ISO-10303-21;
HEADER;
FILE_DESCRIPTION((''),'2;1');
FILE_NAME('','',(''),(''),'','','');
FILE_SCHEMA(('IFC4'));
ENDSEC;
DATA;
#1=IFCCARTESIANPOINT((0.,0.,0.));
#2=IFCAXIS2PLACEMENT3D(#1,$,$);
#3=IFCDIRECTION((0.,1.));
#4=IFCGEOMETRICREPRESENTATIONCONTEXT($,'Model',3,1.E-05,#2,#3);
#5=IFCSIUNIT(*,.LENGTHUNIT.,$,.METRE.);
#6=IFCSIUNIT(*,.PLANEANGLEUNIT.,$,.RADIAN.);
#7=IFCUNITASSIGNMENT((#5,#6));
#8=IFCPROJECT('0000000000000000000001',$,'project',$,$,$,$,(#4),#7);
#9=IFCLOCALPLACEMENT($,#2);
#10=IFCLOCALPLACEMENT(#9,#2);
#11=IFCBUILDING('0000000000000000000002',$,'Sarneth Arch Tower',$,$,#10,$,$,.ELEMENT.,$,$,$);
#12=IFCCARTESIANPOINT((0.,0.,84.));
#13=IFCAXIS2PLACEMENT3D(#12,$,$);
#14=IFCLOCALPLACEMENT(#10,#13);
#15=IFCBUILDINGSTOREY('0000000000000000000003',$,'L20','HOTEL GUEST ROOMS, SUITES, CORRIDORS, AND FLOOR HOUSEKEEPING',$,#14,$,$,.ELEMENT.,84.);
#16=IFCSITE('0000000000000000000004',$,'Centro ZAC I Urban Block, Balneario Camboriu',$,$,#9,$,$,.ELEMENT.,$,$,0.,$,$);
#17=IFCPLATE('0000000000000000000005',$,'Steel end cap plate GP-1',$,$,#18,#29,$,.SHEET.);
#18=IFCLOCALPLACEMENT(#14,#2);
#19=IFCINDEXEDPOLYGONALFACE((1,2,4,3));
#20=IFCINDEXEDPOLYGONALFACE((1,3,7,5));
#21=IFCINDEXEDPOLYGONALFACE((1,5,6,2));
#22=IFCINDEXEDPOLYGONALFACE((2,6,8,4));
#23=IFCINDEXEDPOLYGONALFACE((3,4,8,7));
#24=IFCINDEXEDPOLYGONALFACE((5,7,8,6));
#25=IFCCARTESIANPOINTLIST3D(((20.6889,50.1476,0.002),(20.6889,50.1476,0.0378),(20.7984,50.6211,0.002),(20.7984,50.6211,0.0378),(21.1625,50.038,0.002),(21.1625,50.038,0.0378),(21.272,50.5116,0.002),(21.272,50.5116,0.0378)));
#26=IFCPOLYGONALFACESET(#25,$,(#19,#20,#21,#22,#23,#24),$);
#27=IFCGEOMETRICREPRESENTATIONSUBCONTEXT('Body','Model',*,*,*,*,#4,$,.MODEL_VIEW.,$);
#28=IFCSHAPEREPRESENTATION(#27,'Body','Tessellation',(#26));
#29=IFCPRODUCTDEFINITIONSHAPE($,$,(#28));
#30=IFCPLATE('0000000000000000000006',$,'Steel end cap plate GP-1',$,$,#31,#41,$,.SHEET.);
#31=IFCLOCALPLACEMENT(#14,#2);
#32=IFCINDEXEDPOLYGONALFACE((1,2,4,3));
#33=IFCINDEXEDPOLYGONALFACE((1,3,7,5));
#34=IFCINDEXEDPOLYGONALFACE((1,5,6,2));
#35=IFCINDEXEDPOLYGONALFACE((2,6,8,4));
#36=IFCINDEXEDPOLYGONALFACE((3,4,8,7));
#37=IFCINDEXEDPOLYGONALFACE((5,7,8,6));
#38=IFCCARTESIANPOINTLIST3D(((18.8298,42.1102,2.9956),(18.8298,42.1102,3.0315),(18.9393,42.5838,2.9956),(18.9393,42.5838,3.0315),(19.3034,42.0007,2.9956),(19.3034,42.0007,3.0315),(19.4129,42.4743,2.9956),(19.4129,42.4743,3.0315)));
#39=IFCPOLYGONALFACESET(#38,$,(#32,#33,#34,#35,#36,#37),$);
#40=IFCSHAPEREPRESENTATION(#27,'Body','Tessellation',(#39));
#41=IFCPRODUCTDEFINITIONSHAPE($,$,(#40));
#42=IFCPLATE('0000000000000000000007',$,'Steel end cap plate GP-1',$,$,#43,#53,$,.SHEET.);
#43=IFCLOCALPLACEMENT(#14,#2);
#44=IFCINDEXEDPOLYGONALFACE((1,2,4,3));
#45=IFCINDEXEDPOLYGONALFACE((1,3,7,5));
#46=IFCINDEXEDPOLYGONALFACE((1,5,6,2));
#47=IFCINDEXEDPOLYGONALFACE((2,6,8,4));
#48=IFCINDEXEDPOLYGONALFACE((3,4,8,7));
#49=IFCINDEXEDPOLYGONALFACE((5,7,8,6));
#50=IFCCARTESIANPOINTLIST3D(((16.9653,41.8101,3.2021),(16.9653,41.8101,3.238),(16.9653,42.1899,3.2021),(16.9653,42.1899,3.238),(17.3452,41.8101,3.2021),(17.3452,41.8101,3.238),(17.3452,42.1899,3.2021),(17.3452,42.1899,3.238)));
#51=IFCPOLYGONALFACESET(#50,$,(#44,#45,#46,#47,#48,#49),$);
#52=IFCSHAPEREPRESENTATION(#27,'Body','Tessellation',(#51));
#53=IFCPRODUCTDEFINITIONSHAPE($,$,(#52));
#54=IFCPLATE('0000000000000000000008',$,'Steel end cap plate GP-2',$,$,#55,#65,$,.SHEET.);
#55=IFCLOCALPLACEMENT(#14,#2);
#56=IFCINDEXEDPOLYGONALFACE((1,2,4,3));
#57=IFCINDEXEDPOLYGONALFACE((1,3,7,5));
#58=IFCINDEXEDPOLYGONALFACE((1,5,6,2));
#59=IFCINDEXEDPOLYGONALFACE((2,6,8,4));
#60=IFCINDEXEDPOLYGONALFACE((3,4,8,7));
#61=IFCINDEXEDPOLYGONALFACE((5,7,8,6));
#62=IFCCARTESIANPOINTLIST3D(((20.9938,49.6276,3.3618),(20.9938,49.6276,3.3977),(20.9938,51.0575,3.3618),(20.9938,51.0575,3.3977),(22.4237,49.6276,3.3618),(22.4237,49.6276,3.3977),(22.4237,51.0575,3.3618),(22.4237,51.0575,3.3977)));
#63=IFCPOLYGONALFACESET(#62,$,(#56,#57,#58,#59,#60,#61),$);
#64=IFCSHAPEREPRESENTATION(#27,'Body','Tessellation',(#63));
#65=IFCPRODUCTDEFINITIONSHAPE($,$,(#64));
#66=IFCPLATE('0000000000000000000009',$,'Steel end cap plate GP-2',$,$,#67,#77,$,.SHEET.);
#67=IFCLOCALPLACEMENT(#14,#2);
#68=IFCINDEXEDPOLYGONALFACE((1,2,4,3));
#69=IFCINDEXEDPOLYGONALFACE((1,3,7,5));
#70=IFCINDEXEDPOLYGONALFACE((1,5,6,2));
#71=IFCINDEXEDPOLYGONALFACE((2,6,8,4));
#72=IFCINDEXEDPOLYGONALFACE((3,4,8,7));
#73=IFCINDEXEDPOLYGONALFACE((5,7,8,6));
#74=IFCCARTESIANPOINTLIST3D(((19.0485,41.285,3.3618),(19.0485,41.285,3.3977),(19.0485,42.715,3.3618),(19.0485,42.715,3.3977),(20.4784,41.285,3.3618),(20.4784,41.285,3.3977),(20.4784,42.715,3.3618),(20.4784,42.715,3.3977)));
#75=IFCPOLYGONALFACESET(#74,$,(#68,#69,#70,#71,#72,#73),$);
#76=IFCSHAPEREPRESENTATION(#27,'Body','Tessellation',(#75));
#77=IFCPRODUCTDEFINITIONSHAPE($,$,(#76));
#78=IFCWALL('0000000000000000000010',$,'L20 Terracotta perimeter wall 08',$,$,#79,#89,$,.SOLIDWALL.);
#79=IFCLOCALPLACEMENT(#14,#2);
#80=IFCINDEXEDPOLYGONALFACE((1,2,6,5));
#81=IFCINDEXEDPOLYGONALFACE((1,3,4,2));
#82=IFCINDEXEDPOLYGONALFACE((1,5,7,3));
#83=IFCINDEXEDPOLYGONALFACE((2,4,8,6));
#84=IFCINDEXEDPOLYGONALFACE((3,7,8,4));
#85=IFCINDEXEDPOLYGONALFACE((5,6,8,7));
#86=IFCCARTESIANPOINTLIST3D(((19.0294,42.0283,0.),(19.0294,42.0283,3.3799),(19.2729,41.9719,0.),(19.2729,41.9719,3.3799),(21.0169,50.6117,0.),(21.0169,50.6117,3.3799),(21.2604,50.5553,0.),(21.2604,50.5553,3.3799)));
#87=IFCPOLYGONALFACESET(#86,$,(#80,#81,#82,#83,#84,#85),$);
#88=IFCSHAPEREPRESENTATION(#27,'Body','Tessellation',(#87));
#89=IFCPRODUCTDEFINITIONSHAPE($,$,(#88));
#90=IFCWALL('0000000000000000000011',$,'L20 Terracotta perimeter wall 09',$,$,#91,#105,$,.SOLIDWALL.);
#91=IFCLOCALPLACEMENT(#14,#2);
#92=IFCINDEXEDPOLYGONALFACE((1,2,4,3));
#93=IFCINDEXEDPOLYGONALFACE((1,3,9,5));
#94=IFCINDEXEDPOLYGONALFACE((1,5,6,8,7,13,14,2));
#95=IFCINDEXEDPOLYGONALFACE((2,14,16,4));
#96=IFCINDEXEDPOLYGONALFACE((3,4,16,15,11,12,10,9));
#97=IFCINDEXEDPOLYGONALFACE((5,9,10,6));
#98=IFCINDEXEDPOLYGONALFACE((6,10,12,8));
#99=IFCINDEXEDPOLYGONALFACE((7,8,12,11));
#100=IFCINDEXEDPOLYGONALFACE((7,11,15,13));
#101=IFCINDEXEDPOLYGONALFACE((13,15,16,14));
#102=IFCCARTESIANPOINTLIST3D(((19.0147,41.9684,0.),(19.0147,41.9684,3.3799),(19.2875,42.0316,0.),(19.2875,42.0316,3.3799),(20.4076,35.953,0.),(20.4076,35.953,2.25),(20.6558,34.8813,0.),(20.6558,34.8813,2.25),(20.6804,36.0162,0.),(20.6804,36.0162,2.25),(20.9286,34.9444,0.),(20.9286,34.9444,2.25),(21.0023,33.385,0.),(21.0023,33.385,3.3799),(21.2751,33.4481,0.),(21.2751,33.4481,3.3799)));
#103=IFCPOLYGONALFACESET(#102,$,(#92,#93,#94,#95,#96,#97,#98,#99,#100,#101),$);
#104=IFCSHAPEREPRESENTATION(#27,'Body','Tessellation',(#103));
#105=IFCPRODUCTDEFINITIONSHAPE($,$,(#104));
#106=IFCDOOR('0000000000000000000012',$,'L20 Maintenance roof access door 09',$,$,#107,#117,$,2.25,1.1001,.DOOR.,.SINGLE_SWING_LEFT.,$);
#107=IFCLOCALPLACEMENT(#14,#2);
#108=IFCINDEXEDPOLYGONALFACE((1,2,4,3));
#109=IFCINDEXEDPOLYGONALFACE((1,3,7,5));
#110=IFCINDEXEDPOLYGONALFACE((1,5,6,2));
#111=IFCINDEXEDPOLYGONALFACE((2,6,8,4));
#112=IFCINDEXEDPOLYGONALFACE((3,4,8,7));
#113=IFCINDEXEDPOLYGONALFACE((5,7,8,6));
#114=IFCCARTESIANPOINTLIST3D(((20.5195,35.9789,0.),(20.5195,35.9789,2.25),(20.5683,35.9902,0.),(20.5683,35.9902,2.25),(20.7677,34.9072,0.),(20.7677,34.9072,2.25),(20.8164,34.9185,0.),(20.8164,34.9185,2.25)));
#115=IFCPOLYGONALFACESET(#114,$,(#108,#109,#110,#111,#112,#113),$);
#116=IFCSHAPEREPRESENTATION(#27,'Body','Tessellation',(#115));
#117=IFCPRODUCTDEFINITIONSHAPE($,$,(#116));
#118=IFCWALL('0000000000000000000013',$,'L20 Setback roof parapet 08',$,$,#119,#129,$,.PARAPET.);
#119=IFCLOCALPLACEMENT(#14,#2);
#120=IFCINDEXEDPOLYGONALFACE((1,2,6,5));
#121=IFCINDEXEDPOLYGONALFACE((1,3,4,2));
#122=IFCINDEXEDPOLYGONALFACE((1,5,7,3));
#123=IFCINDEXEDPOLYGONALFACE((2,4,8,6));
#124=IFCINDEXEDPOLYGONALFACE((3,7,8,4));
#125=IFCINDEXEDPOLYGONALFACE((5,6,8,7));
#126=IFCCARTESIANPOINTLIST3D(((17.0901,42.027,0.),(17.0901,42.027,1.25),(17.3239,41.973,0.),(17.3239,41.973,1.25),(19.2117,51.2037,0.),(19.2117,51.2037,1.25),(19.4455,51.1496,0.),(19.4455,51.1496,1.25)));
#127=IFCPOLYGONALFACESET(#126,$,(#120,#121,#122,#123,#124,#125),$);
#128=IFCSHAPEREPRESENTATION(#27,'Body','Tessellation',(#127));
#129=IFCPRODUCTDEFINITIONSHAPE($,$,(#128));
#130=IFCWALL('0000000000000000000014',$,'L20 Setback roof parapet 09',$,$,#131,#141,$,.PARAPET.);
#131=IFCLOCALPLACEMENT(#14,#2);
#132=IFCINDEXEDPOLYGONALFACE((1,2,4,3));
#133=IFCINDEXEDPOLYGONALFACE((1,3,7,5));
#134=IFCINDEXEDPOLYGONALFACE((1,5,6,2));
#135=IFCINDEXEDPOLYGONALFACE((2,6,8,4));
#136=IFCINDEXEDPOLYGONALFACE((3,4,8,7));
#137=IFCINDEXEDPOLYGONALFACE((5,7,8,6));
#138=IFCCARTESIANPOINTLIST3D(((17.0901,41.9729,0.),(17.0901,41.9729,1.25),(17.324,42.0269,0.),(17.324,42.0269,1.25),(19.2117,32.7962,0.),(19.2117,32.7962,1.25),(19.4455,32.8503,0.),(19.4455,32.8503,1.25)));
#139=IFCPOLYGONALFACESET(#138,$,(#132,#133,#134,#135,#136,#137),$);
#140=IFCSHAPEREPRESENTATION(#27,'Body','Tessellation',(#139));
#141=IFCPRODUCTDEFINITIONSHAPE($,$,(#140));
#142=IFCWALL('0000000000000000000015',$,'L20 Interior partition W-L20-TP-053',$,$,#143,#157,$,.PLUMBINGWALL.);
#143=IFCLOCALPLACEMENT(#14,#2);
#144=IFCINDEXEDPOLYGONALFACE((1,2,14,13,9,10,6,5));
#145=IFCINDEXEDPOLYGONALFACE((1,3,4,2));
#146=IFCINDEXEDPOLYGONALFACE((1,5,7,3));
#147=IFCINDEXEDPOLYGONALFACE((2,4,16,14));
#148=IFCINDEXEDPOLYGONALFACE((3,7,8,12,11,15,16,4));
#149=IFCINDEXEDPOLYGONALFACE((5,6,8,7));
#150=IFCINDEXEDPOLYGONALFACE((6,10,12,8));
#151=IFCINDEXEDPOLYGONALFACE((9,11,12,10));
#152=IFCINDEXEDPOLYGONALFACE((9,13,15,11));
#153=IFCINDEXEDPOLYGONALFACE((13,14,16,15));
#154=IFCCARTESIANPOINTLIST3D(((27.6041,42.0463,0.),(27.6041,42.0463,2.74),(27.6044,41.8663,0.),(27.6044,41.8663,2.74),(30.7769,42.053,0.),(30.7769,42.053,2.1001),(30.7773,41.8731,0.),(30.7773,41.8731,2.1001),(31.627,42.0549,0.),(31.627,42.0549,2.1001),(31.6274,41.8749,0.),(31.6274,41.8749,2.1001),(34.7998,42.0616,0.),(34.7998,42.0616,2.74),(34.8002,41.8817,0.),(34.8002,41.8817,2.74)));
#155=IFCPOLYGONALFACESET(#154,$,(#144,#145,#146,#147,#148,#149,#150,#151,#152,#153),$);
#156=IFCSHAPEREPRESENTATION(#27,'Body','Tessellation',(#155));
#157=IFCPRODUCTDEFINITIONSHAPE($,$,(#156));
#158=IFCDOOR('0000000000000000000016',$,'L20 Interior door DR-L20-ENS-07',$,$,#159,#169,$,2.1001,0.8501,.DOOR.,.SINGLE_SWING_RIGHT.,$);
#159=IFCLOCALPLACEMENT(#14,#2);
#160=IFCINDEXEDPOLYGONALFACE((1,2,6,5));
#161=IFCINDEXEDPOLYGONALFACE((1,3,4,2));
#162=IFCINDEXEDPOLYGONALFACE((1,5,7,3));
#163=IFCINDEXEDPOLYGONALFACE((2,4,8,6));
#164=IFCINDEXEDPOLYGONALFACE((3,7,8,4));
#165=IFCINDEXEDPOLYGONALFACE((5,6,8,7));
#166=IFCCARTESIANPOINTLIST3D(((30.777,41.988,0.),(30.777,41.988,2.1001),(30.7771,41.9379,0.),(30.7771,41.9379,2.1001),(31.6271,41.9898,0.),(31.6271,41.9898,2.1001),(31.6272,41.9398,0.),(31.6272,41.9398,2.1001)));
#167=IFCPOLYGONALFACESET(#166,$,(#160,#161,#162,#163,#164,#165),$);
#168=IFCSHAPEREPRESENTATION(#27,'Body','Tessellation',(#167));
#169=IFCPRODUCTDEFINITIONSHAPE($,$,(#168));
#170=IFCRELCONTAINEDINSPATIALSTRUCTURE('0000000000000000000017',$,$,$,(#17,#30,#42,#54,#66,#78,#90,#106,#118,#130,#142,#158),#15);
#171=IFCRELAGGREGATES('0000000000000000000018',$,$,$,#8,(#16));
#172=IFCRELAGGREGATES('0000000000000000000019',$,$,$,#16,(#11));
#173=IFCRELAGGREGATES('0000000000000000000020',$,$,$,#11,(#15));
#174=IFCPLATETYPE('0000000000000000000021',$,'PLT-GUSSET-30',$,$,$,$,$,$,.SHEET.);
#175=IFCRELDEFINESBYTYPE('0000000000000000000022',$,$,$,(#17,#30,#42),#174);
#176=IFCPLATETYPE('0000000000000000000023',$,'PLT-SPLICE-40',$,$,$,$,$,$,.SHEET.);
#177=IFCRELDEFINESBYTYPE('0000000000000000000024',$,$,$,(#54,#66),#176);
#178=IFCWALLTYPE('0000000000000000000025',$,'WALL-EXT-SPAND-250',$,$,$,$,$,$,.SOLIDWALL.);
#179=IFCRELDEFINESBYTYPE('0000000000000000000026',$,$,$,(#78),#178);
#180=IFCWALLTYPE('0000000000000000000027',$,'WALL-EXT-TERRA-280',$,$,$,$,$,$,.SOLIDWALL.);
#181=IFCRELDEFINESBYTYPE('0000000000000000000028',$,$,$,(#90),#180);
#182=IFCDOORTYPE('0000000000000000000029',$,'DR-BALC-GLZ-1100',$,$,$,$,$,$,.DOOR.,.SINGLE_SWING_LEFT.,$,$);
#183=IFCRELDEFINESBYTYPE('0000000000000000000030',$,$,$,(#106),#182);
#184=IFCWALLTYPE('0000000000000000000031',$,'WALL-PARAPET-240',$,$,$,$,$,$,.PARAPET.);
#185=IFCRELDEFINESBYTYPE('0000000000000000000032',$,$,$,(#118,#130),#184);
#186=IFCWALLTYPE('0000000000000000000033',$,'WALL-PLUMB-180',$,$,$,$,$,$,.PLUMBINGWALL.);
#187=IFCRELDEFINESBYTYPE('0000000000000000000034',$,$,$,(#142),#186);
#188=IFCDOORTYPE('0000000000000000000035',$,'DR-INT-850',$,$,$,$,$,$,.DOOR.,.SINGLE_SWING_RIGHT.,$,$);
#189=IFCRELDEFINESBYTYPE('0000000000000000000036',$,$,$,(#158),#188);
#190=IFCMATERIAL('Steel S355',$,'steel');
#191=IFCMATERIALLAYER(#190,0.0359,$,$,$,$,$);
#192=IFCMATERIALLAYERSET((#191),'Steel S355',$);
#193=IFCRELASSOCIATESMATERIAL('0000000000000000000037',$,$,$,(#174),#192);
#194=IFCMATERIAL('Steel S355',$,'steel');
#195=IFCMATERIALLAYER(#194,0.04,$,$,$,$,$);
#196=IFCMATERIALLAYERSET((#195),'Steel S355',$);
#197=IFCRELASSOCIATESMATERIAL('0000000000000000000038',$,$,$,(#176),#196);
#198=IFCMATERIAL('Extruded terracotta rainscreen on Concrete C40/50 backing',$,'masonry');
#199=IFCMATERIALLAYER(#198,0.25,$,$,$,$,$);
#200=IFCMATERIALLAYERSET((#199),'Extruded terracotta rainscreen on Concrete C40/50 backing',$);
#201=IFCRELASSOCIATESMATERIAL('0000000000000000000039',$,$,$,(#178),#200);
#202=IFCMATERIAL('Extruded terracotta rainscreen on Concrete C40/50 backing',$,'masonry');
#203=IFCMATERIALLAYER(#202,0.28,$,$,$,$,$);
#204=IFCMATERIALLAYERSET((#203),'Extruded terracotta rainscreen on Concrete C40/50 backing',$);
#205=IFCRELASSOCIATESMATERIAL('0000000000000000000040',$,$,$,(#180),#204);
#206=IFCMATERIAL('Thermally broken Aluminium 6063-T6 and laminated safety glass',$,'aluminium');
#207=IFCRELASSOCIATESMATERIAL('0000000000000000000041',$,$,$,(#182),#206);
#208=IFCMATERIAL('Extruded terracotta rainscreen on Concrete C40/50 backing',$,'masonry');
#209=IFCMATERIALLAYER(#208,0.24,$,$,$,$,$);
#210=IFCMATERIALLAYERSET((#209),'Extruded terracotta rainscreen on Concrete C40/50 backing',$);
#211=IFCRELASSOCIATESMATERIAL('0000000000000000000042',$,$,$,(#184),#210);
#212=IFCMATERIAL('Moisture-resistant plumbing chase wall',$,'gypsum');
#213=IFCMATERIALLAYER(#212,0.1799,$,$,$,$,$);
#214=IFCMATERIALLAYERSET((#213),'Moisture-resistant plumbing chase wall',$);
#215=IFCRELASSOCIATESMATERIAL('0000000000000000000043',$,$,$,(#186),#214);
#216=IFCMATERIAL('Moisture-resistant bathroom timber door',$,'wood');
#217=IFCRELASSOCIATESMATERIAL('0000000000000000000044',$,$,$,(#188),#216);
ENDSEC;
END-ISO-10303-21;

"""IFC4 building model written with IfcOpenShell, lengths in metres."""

from ifc_helpers import new_model, si_unit, direction, frame, frame_2d, origin, origin_2d, place, context, subcontext, project, spatial, rectangle, extrude, material, layer, layer_set, type_object, element, fill, save


model = new_model("IFC4")

# Units and contexts
model_context = context("Model", 3, precision=1e-05, world=origin(), true_north=direction((0.0, 1.0)))
body_context = subcontext(model_context, "Body", "Model", "MODEL_VIEW")
ifc_project = project(units=[si_unit("LENGTHUNIT", "METRE"), si_unit("PLANEANGLEUNIT", "RADIAN")], contexts=[model_context])

# Site, building, storey
site_placement = place(None, origin())
site = spatial("IfcSite", under=ifc_project, at=site_placement, Name="Centro ZAC I Urban Block, Balneario Camboriu", CompositionType="ELEMENT", RefElevation=0.0)
building_placement = place(site_placement, origin())
building = spatial("IfcBuilding", under=site, at=building_placement, Name="Sarneth Arch Tower", CompositionType="ELEMENT")
storey_placement = place(building_placement, frame((0.0, 0.0, 84.0)))
storey = spatial("IfcBuildingStorey", under=building, at=storey_placement, Name="L20", Description="HOTEL GUEST ROOMS, SUITES, CORRIDORS, AND FLOOR HOUSEKEEPING", CompositionType="ELEMENT", Elevation=84.0)

# Plates
ifc_material_1 = material(Name="Steel S355", Category="steel")
ifc_layer_1 = layer(ifc_material_1, 0.0359)
ifc_layer_set_1 = layer_set([ifc_layer_1], Name="Steel S355")
plate_type_1 = type_object("IfcPlateType", Name="PLT-GUSSET-30", PredefinedType="SHEET", material=ifc_layer_set_1)
for number, where, z_axis, x_axis, name in (
    (1, (20.9805, 50.3296, 0.002), (0.0, 0.0, 1.0), (-0.225291, -0.974291, 0.0), "Steel end cap plate GP-1"),
    (2, (19.1213, 42.2922, 2.9956), (0.0, 0.0, 1.0), (-0.225291, -0.974291, 0.0), "Steel end cap plate GP-1"),
):
    element("IfcPlate", number, at=place(storey_placement, frame(where, z_axis=z_axis, x_axis=x_axis)), inside=storey, type_object=plate_type_1, Name=name, PredefinedType="SHEET", context=body_context, shape_type="SweptSolid", body=[
        extrude(rectangle(XDim=0.4861, YDim=0.4861, at=origin_2d()), origin(), (0.0, 0.0, 1.0), 0.0359),
    ])
plate_placement = place(storey_placement, frame((17.1553, 42.0, 3.2021), z_axis=(0.0, 0.0, 1.0), x_axis=(-1.0, 0.0, 0.0)))
element("IfcPlate", 3, at=plate_placement, inside=storey, type_object=plate_type_1, Name="Steel end cap plate GP-1", PredefinedType="SHEET", context=body_context, shape_type="SweptSolid", body=[
    extrude(rectangle(XDim=0.3799, YDim=0.3799, at=origin_2d()), origin(), (0.0, 0.0, 1.0), 0.0359),
])
ifc_material_2 = material(Name="Steel S355", Category="steel")
ifc_layer_2 = layer(ifc_material_2, 0.04)
ifc_layer_set_2 = layer_set([ifc_layer_2], Name="Steel S355")
plate_type_2 = type_object("IfcPlateType", Name="PLT-SPLICE-40", PredefinedType="SHEET", material=ifc_layer_set_2)
for number, where, z_axis, x_axis, name in (
    (4, (21.7087, 50.3425, 3.3618), (0.0, 0.0, 1.0), (1.0, 0.0, 0.0), "Steel end cap plate GP-2"),
    (5, (19.7634, 42.0, 3.3618), (0.0, 0.0, 1.0), (1.0, 0.0, 0.0), "Steel end cap plate GP-2"),
):
    element("IfcPlate", number, at=place(storey_placement, frame(where, z_axis=z_axis, x_axis=x_axis)), inside=storey, type_object=plate_type_2, Name=name, PredefinedType="SHEET", context=body_context, shape_type="SweptSolid", body=[
        extrude(rectangle(XDim=1.4299, YDim=1.4299, at=origin_2d()), origin(), (0.0, 0.0, 1.0), 0.0359),
    ])

# Wall
ifc_material_3 = material(Name="Extruded terracotta rainscreen on Concrete C40/50 backing", Category="masonry")
ifc_layer_3 = layer(ifc_material_3, 0.25)
ifc_layer_set_3 = layer_set([ifc_layer_3], Name="Extruded terracotta rainscreen on Concrete C40/50 backing")
wall_type_1 = type_object("IfcWallType", Name="WALL-EXT-SPAND-250", PredefinedType="SOLIDWALL", material=ifc_layer_set_3)
wall_1_placement = place(storey_placement, frame((21.1387, 50.5835, 0.0), z_axis=(0.0, 0.0, 1.0), x_axis=(-0.225586, -0.974223, 0.0)))
element("IfcWall", 6, at=wall_1_placement, inside=storey, type_object=wall_type_1, Name="L20 Terracotta perimeter wall 08", PredefinedType="SOLIDWALL", context=body_context, shape_type="SweptSolid", body=[
    extrude(rectangle(XDim=8.8105, YDim=0.25, at=frame_2d((4.4053, 0.0))), origin(), (0.0, 0.0, 1.0), 3.3799),
])

# Wall, opening, door
ifc_material_4 = material(Name="Extruded terracotta rainscreen on Concrete C40/50 backing", Category="masonry")
ifc_layer_4 = layer(ifc_material_4, 0.28)
ifc_layer_set_4 = layer_set([ifc_layer_4], Name="Extruded terracotta rainscreen on Concrete C40/50 backing")
wall_type_2 = type_object("IfcWallType", Name="WALL-EXT-TERRA-280", PredefinedType="SOLIDWALL", material=ifc_layer_set_4)
wall_2_placement = place(storey_placement, frame((19.1511, 42.0, 0.0), z_axis=(0.0, 0.0, 1.0), x_axis=(0.225586, -0.974223, 0.0)))
wall_2 = element("IfcWall", 7, at=wall_2_placement, inside=storey, type_object=wall_type_2, Name="L20 Terracotta perimeter wall 09", PredefinedType="SOLIDWALL", context=body_context, shape_type="SweptSolid", body=[
    extrude(rectangle(XDim=8.8105, YDim=0.28, at=frame_2d((4.4053, 0.0))), origin(), (0.0, 0.0, 1.0), 3.3799),
])
opening_1_placement = place(wall_2_placement, frame((6.1746, 0.0, 0.0)))
opening_1 = element("IfcOpeningElement", 8, at=opening_1_placement, cuts=wall_2, PredefinedType="OPENING", context=body_context, shape_type="SweptSolid", body=[
    extrude(rectangle(XDim=1.1001, YDim=2.25, at=frame_2d((0.55, 1.125))), frame((0.0, 0.1499, 0.0), z_axis=(0.0, -1.0, 0.0), x_axis=(1.0, 0.0, 0.0)), (0.0, 0.0, 1.0), 0.3),
])
ifc_material_5 = material(Name="Thermally broken Aluminium 6063-T6 and laminated safety glass", Category="aluminium")
door_type_1 = type_object("IfcDoorType", Name="DR-BALC-GLZ-1100", OperationType="SINGLE_SWING_LEFT", PredefinedType="DOOR", material=ifc_material_5)
door_1_placement = place(opening_1_placement, origin())
door_1 = element("IfcDoor", 9, at=door_1_placement, inside=storey, type_object=door_type_1, Name="L20 Maintenance roof access door 09", OperationType="SINGLE_SWING_LEFT", OverallHeight=2.25, OverallWidth=1.1001, PredefinedType="DOOR", context=body_context, shape_type="SweptSolid", body=[
    extrude(rectangle(XDim=1.1001, YDim=2.25, at=frame_2d((0.55, 1.125))), frame((0.0, 0.0249, 0.0), z_axis=(0.0, -1.0, 0.0), x_axis=(1.0, 0.0, 0.0)), (0.0, 0.0, 1.0), 0.05),
])
fill(opening_1, door_1)

# Walls
ifc_material_6 = material(Name="Extruded terracotta rainscreen on Concrete C40/50 backing", Category="masonry")
ifc_layer_5 = layer(ifc_material_6, 0.24)
ifc_layer_set_5 = layer_set([ifc_layer_5], Name="Extruded terracotta rainscreen on Concrete C40/50 backing")
wall_type_3 = type_object("IfcWallType", Name="WALL-PARAPET-240", PredefinedType="PARAPET", material=ifc_layer_set_5)
for number, where, z_axis, x_axis, name in (
    (10, (19.3286, 51.1768, 0.0), (0.0, 0.0, 1.0), (-0.225249, -0.974301, 0.0), "L20 Setback roof parapet 08"),
    (11, (17.207, 42.0, 0.0), (0.0, 0.0, 1.0), (0.225249, -0.974301, 0.0), "L20 Setback roof parapet 09"),
):
    element("IfcWall", number, at=place(storey_placement, frame(where, z_axis=z_axis, x_axis=x_axis)), inside=storey, type_object=wall_type_3, Name=name, PredefinedType="PARAPET", context=body_context, shape_type="SweptSolid", body=[
        extrude(rectangle(XDim=9.4187, YDim=0.24, at=frame_2d((4.7095, 0.0))), origin(), (0.0, 0.0, 1.0), 1.25),
    ])

# Wall, opening, door
ifc_material_7 = material(Name="Moisture-resistant plumbing chase wall", Category="gypsum")
ifc_layer_6 = layer(ifc_material_7, 0.1799)
ifc_layer_set_6 = layer_set([ifc_layer_6], Name="Moisture-resistant plumbing chase wall")
wall_type_4 = type_object("IfcWallType", Name="WALL-PLUMB-180", PredefinedType="PLUMBINGWALL", material=ifc_layer_set_6)
wall_3_placement = place(storey_placement, frame((27.6042, 41.9563, 0.0), z_axis=(0.0, 0.0, 1.0), x_axis=(0.999998, 0.002137, 0.0)))
wall_3 = element("IfcWall", 12, at=wall_3_placement, inside=storey, type_object=wall_type_4, Name="L20 Interior partition W-L20-TP-053", PredefinedType="PLUMBINGWALL", context=body_context, shape_type="SweptSolid", body=[
    extrude(rectangle(XDim=7.1958, YDim=0.1799, at=frame_2d((3.5979, 0.0))), origin(), (0.0, 0.0, 1.0), 2.74),
])
opening_2_placement = place(wall_3_placement, frame((3.1729, 0.0, 0.0)))
opening_2 = element("IfcOpeningElement", 13, at=opening_2_placement, cuts=wall_3, PredefinedType="OPENING", context=body_context, shape_type="SweptSolid", body=[
    extrude(rectangle(XDim=0.8501, YDim=2.1001, at=frame_2d((0.425, 1.05))), frame((0.0, 0.0999, 0.0), z_axis=(0.0, -1.0, 0.0), x_axis=(1.0, 0.0, 0.0)), (0.0, 0.0, 1.0), 0.2),
])
ifc_material_8 = material(Name="Moisture-resistant bathroom timber door", Category="wood")
door_type_2 = type_object("IfcDoorType", Name="DR-INT-850", OperationType="SINGLE_SWING_RIGHT", PredefinedType="DOOR", material=ifc_material_8)
door_2_placement = place(opening_2_placement, origin())
door_2 = element("IfcDoor", 14, at=door_2_placement, inside=storey, type_object=door_type_2, Name="L20 Interior door DR-L20-ENS-07", OperationType="SINGLE_SWING_RIGHT", OverallHeight=2.1001, OverallWidth=0.8501, PredefinedType="DOOR", context=body_context, shape_type="SweptSolid", body=[
    extrude(rectangle(XDim=0.8501, YDim=2.1001, at=frame_2d((0.425, 1.05))), frame((0.0, 0.0249, 0.0), z_axis=(0.0, -1.0, 0.0), x_axis=(1.0, 0.0, 0.0)), (0.0, 0.0, 1.0), 0.05),
])
fill(opening_2, door_2)

save(model, "model.ifc")
